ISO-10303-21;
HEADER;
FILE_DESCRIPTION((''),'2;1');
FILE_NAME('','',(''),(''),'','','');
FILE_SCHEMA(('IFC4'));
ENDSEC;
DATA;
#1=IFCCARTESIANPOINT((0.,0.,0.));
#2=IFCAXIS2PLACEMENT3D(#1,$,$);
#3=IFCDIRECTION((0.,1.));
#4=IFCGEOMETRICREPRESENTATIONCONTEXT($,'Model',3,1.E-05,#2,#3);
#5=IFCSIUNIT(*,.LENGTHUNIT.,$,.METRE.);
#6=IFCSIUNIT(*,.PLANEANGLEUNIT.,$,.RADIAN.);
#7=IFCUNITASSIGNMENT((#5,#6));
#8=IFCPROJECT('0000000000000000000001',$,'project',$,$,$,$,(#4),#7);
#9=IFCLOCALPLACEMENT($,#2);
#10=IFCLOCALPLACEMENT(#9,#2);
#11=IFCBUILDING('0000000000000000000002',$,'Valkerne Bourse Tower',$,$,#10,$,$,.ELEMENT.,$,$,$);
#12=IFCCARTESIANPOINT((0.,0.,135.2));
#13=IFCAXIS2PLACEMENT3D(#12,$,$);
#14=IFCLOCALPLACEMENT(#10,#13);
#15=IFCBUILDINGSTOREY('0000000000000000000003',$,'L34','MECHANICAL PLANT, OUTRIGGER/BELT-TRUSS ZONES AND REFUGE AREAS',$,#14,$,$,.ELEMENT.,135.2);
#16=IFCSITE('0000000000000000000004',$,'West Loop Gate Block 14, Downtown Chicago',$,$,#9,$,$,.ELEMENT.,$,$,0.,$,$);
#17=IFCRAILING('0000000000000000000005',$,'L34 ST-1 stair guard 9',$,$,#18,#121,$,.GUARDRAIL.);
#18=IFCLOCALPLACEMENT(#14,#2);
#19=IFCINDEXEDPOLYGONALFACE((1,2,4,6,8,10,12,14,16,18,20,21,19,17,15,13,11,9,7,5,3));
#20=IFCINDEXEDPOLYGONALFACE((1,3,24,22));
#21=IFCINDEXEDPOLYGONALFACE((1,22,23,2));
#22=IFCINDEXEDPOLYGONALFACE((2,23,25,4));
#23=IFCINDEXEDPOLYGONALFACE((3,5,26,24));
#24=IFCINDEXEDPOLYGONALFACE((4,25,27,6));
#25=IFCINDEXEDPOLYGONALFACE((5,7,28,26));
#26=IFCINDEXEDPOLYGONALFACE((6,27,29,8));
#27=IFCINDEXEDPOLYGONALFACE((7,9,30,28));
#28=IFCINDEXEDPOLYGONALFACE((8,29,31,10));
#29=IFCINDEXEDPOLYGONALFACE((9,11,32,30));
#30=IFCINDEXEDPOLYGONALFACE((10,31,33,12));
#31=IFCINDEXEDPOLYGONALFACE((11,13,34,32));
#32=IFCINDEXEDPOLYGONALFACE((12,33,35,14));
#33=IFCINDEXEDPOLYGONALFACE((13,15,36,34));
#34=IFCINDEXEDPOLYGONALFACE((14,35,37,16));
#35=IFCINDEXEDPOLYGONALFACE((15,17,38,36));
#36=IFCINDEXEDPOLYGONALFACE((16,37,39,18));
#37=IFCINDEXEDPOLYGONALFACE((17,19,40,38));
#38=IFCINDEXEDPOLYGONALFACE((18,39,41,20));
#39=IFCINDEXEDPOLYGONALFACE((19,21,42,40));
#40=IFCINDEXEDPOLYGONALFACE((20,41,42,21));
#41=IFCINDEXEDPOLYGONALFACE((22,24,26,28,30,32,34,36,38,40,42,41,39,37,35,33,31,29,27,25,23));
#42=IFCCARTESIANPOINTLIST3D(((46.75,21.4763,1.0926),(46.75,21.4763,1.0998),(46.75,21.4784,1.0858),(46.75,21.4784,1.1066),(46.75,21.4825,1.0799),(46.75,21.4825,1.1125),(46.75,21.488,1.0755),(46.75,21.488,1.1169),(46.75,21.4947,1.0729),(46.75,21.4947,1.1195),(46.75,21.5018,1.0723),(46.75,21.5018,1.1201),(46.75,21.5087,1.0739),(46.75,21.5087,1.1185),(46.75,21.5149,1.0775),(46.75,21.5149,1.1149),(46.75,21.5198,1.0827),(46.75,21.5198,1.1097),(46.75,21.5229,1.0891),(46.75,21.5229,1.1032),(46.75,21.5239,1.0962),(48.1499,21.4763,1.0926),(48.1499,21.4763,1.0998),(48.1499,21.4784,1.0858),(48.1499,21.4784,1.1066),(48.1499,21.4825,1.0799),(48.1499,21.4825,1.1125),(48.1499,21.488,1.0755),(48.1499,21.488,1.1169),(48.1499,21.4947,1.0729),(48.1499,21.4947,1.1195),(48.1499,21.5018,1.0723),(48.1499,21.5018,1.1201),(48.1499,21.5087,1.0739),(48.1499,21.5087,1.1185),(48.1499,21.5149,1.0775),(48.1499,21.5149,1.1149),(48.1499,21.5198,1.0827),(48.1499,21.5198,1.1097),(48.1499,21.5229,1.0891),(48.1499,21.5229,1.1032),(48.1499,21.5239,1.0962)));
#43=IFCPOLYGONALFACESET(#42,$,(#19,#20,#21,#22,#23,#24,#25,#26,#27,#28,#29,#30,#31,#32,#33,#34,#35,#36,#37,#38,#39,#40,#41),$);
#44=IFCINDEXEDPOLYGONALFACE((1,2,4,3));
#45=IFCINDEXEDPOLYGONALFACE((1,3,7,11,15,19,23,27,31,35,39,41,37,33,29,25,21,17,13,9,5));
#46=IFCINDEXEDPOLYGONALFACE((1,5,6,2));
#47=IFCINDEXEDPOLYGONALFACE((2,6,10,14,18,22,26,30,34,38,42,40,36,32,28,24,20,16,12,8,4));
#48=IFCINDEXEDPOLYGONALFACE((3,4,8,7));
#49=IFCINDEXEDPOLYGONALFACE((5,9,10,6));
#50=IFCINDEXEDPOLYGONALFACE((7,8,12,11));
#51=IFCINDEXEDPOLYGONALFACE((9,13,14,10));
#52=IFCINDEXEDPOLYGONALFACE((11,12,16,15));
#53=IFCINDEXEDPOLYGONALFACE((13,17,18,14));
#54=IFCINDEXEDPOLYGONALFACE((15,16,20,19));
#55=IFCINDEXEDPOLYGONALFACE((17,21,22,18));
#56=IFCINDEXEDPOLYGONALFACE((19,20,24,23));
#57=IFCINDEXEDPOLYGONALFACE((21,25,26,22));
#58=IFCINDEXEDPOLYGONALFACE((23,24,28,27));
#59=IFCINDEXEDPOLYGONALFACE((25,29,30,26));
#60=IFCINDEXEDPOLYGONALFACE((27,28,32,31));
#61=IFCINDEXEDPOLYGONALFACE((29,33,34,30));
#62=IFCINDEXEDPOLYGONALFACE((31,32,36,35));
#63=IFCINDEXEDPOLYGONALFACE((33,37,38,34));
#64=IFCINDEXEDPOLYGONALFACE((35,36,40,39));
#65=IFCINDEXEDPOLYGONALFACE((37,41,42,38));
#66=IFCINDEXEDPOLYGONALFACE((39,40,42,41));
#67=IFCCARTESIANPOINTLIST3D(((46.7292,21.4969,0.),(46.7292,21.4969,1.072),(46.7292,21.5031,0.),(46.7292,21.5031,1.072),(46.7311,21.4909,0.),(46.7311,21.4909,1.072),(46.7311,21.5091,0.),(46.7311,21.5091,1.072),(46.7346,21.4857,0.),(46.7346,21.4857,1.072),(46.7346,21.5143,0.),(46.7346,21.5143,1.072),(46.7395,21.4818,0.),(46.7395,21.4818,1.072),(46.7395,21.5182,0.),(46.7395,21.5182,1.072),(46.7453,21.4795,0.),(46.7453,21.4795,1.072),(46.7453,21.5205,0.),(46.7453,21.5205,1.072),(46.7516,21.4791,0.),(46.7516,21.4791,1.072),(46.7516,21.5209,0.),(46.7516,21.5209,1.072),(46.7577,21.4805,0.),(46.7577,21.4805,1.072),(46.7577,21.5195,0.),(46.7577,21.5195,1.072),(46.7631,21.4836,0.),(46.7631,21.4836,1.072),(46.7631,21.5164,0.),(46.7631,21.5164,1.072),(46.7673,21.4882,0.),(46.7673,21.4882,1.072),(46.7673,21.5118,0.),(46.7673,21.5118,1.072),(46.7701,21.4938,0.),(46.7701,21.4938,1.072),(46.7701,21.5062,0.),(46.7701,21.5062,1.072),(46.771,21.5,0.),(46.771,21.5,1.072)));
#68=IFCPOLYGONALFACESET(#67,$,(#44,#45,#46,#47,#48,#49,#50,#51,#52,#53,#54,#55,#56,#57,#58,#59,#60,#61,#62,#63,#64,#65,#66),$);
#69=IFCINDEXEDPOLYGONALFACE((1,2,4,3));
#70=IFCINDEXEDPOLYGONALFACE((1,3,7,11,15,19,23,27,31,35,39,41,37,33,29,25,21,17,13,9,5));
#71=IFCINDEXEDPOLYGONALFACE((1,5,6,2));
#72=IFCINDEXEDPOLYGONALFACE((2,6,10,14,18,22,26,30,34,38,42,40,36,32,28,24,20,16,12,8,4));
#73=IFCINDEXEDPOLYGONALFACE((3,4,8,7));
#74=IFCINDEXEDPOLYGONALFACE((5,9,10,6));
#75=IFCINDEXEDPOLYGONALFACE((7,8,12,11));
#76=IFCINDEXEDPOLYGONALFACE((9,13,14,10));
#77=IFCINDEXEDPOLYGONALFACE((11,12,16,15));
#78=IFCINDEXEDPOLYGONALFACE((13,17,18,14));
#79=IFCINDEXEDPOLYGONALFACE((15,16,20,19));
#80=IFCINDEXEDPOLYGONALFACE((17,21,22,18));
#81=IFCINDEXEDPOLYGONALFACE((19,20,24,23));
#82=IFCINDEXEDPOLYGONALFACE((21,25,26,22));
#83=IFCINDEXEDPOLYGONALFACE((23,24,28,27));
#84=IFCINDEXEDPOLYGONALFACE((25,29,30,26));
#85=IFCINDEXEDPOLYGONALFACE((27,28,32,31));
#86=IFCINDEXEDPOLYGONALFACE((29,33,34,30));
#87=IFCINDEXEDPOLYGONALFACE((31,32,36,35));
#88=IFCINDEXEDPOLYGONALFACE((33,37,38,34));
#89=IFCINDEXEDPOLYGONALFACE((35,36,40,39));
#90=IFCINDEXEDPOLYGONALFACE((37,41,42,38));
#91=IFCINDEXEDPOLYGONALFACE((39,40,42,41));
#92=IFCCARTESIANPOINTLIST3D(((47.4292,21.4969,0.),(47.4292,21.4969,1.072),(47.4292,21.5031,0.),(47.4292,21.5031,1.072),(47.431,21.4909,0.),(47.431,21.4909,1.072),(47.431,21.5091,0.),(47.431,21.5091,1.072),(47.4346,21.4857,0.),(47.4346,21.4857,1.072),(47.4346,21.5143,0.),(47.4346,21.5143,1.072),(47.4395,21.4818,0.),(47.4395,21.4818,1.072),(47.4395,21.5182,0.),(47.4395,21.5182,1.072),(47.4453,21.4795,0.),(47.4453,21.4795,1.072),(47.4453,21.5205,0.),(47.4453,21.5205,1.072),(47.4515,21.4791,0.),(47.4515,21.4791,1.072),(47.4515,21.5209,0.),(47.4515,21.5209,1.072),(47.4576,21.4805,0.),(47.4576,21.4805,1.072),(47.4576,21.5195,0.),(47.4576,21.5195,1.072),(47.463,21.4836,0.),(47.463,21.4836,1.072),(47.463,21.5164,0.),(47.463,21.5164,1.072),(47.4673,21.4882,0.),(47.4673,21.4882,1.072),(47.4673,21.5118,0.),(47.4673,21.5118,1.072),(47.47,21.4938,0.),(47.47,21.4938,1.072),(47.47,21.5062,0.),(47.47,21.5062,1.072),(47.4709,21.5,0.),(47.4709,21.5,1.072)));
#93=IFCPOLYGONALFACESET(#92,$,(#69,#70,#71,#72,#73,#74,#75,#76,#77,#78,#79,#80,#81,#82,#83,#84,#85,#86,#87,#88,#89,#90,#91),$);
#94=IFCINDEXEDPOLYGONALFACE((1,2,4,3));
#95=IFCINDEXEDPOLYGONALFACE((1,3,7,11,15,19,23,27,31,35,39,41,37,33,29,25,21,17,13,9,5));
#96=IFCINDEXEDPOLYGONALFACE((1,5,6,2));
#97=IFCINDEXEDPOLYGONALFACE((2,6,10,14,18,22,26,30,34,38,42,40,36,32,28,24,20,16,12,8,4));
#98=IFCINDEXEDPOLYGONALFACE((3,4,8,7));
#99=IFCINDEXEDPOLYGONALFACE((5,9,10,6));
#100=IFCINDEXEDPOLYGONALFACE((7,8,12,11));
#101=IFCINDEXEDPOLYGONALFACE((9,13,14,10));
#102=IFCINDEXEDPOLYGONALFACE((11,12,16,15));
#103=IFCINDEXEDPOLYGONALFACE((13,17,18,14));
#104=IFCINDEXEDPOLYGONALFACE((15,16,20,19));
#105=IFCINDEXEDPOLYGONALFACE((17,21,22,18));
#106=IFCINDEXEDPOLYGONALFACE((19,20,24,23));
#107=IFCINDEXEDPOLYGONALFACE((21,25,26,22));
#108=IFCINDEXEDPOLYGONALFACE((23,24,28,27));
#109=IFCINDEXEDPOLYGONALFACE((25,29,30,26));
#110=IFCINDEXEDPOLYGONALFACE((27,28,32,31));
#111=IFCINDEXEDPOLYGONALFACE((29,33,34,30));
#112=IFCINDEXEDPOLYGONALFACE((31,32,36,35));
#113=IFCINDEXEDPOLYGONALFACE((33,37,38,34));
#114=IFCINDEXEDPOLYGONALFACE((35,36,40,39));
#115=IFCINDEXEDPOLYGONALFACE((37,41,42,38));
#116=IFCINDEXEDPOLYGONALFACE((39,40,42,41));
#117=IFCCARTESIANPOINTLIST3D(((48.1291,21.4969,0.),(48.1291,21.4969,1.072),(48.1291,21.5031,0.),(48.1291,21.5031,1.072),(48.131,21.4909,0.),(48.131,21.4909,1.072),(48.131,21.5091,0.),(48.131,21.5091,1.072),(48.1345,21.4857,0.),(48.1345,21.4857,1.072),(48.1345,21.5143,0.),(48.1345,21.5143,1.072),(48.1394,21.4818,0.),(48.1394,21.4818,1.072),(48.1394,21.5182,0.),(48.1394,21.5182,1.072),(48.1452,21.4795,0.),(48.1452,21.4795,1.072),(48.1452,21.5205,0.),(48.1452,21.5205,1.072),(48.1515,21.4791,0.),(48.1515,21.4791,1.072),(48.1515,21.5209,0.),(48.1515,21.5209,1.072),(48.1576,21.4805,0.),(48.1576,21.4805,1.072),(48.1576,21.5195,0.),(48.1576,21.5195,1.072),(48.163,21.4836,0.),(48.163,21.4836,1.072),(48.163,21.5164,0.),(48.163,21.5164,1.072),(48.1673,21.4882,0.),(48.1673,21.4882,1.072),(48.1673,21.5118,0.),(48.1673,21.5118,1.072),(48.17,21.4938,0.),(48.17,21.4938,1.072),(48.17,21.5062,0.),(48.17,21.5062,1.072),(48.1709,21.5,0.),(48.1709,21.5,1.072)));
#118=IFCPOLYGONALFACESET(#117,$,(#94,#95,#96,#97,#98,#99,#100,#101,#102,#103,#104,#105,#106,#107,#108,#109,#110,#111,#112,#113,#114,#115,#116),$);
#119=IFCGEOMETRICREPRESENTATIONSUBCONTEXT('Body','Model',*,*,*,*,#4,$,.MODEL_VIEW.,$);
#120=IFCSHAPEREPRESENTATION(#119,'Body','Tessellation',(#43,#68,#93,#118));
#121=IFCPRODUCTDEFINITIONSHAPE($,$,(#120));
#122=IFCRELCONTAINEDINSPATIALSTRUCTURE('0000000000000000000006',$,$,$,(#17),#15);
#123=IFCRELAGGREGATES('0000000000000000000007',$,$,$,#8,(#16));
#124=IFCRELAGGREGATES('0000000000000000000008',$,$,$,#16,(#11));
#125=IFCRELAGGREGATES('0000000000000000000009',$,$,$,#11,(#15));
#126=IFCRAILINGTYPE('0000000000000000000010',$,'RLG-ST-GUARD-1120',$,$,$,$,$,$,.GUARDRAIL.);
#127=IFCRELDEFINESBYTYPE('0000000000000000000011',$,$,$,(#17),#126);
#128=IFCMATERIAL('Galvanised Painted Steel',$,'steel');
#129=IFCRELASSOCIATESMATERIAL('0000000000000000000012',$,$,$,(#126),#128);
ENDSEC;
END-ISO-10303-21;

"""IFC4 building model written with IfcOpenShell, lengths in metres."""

from ifc_helpers import new_model, si_unit, direction, frame, origin, origin_2d, place, context, subcontext, project, spatial, circle, extrude, material, type_object, element, save


model = new_model("IFC4")

# Units and contexts
model_context = context("Model", 3, precision=1e-05, world=origin(), true_north=direction((0.0, 1.0)))
body_context = subcontext(model_context, "Body", "Model", "MODEL_VIEW")
ifc_project = project(units=[si_unit("LENGTHUNIT", "METRE"), si_unit("PLANEANGLEUNIT", "RADIAN")], contexts=[model_context])

# Site, building, storey
site_placement = place(None, origin())
site = spatial("IfcSite", under=ifc_project, at=site_placement, Name="West Loop Gate Block 14, Downtown Chicago", CompositionType="ELEMENT", RefElevation=0.0)
building_placement = place(site_placement, origin())
building = spatial("IfcBuilding", under=site, at=building_placement, Name="Valkerne Bourse Tower", CompositionType="ELEMENT")
storey_placement = place(building_placement, frame((0.0, 0.0, 135.2)))
storey = spatial("IfcBuildingStorey", under=building, at=storey_placement, Name="L34", Description="MECHANICAL PLANT, OUTRIGGER/BELT-TRUSS ZONES AND REFUGE AREAS", CompositionType="ELEMENT", Elevation=135.2)

# Shared definitions
ifc_material_1 = material(Name="Galvanised Painted Steel", Category="steel")

# Railing
railing_type_1 = type_object("IfcRailingType", Name="RLG-ST-GUARD-1120", PredefinedType="GUARDRAIL", material=ifc_material_1)
railing_1_placement = place(storey_placement, frame((46.75, 21.5, 0.0)))
element("IfcRailing", 1, at=railing_1_placement, inside=storey, type_object=railing_type_1, Name="L34 ST-1 stair guard 9", PredefinedType="GUARDRAIL", context=body_context, shape_type="SweptSolid", body=[
    extrude(circle(Radius=0.0239, at=origin_2d()), frame((0.0, 0.0, 1.0962), z_axis=(1.0, 0.0, 0.0), x_axis=(0.0, 1.0, 0.0)), (0.0, 0.0, 1.0), 1.3999),
    extrude(circle(Radius=0.021, at=origin_2d()), origin(), (0.0, 0.0, 1.0), 1.072),
    extrude(circle(Radius=0.021, at=origin_2d()), frame((0.7, 0.0, 0.0)), (0.0, 0.0, 1.0), 1.072),
    extrude(circle(Radius=0.021, at=origin_2d()), frame((1.3999, 0.0, 0.0)), (0.0, 0.0, 1.0), 1.072),
])

save(model, "model.ifc")
